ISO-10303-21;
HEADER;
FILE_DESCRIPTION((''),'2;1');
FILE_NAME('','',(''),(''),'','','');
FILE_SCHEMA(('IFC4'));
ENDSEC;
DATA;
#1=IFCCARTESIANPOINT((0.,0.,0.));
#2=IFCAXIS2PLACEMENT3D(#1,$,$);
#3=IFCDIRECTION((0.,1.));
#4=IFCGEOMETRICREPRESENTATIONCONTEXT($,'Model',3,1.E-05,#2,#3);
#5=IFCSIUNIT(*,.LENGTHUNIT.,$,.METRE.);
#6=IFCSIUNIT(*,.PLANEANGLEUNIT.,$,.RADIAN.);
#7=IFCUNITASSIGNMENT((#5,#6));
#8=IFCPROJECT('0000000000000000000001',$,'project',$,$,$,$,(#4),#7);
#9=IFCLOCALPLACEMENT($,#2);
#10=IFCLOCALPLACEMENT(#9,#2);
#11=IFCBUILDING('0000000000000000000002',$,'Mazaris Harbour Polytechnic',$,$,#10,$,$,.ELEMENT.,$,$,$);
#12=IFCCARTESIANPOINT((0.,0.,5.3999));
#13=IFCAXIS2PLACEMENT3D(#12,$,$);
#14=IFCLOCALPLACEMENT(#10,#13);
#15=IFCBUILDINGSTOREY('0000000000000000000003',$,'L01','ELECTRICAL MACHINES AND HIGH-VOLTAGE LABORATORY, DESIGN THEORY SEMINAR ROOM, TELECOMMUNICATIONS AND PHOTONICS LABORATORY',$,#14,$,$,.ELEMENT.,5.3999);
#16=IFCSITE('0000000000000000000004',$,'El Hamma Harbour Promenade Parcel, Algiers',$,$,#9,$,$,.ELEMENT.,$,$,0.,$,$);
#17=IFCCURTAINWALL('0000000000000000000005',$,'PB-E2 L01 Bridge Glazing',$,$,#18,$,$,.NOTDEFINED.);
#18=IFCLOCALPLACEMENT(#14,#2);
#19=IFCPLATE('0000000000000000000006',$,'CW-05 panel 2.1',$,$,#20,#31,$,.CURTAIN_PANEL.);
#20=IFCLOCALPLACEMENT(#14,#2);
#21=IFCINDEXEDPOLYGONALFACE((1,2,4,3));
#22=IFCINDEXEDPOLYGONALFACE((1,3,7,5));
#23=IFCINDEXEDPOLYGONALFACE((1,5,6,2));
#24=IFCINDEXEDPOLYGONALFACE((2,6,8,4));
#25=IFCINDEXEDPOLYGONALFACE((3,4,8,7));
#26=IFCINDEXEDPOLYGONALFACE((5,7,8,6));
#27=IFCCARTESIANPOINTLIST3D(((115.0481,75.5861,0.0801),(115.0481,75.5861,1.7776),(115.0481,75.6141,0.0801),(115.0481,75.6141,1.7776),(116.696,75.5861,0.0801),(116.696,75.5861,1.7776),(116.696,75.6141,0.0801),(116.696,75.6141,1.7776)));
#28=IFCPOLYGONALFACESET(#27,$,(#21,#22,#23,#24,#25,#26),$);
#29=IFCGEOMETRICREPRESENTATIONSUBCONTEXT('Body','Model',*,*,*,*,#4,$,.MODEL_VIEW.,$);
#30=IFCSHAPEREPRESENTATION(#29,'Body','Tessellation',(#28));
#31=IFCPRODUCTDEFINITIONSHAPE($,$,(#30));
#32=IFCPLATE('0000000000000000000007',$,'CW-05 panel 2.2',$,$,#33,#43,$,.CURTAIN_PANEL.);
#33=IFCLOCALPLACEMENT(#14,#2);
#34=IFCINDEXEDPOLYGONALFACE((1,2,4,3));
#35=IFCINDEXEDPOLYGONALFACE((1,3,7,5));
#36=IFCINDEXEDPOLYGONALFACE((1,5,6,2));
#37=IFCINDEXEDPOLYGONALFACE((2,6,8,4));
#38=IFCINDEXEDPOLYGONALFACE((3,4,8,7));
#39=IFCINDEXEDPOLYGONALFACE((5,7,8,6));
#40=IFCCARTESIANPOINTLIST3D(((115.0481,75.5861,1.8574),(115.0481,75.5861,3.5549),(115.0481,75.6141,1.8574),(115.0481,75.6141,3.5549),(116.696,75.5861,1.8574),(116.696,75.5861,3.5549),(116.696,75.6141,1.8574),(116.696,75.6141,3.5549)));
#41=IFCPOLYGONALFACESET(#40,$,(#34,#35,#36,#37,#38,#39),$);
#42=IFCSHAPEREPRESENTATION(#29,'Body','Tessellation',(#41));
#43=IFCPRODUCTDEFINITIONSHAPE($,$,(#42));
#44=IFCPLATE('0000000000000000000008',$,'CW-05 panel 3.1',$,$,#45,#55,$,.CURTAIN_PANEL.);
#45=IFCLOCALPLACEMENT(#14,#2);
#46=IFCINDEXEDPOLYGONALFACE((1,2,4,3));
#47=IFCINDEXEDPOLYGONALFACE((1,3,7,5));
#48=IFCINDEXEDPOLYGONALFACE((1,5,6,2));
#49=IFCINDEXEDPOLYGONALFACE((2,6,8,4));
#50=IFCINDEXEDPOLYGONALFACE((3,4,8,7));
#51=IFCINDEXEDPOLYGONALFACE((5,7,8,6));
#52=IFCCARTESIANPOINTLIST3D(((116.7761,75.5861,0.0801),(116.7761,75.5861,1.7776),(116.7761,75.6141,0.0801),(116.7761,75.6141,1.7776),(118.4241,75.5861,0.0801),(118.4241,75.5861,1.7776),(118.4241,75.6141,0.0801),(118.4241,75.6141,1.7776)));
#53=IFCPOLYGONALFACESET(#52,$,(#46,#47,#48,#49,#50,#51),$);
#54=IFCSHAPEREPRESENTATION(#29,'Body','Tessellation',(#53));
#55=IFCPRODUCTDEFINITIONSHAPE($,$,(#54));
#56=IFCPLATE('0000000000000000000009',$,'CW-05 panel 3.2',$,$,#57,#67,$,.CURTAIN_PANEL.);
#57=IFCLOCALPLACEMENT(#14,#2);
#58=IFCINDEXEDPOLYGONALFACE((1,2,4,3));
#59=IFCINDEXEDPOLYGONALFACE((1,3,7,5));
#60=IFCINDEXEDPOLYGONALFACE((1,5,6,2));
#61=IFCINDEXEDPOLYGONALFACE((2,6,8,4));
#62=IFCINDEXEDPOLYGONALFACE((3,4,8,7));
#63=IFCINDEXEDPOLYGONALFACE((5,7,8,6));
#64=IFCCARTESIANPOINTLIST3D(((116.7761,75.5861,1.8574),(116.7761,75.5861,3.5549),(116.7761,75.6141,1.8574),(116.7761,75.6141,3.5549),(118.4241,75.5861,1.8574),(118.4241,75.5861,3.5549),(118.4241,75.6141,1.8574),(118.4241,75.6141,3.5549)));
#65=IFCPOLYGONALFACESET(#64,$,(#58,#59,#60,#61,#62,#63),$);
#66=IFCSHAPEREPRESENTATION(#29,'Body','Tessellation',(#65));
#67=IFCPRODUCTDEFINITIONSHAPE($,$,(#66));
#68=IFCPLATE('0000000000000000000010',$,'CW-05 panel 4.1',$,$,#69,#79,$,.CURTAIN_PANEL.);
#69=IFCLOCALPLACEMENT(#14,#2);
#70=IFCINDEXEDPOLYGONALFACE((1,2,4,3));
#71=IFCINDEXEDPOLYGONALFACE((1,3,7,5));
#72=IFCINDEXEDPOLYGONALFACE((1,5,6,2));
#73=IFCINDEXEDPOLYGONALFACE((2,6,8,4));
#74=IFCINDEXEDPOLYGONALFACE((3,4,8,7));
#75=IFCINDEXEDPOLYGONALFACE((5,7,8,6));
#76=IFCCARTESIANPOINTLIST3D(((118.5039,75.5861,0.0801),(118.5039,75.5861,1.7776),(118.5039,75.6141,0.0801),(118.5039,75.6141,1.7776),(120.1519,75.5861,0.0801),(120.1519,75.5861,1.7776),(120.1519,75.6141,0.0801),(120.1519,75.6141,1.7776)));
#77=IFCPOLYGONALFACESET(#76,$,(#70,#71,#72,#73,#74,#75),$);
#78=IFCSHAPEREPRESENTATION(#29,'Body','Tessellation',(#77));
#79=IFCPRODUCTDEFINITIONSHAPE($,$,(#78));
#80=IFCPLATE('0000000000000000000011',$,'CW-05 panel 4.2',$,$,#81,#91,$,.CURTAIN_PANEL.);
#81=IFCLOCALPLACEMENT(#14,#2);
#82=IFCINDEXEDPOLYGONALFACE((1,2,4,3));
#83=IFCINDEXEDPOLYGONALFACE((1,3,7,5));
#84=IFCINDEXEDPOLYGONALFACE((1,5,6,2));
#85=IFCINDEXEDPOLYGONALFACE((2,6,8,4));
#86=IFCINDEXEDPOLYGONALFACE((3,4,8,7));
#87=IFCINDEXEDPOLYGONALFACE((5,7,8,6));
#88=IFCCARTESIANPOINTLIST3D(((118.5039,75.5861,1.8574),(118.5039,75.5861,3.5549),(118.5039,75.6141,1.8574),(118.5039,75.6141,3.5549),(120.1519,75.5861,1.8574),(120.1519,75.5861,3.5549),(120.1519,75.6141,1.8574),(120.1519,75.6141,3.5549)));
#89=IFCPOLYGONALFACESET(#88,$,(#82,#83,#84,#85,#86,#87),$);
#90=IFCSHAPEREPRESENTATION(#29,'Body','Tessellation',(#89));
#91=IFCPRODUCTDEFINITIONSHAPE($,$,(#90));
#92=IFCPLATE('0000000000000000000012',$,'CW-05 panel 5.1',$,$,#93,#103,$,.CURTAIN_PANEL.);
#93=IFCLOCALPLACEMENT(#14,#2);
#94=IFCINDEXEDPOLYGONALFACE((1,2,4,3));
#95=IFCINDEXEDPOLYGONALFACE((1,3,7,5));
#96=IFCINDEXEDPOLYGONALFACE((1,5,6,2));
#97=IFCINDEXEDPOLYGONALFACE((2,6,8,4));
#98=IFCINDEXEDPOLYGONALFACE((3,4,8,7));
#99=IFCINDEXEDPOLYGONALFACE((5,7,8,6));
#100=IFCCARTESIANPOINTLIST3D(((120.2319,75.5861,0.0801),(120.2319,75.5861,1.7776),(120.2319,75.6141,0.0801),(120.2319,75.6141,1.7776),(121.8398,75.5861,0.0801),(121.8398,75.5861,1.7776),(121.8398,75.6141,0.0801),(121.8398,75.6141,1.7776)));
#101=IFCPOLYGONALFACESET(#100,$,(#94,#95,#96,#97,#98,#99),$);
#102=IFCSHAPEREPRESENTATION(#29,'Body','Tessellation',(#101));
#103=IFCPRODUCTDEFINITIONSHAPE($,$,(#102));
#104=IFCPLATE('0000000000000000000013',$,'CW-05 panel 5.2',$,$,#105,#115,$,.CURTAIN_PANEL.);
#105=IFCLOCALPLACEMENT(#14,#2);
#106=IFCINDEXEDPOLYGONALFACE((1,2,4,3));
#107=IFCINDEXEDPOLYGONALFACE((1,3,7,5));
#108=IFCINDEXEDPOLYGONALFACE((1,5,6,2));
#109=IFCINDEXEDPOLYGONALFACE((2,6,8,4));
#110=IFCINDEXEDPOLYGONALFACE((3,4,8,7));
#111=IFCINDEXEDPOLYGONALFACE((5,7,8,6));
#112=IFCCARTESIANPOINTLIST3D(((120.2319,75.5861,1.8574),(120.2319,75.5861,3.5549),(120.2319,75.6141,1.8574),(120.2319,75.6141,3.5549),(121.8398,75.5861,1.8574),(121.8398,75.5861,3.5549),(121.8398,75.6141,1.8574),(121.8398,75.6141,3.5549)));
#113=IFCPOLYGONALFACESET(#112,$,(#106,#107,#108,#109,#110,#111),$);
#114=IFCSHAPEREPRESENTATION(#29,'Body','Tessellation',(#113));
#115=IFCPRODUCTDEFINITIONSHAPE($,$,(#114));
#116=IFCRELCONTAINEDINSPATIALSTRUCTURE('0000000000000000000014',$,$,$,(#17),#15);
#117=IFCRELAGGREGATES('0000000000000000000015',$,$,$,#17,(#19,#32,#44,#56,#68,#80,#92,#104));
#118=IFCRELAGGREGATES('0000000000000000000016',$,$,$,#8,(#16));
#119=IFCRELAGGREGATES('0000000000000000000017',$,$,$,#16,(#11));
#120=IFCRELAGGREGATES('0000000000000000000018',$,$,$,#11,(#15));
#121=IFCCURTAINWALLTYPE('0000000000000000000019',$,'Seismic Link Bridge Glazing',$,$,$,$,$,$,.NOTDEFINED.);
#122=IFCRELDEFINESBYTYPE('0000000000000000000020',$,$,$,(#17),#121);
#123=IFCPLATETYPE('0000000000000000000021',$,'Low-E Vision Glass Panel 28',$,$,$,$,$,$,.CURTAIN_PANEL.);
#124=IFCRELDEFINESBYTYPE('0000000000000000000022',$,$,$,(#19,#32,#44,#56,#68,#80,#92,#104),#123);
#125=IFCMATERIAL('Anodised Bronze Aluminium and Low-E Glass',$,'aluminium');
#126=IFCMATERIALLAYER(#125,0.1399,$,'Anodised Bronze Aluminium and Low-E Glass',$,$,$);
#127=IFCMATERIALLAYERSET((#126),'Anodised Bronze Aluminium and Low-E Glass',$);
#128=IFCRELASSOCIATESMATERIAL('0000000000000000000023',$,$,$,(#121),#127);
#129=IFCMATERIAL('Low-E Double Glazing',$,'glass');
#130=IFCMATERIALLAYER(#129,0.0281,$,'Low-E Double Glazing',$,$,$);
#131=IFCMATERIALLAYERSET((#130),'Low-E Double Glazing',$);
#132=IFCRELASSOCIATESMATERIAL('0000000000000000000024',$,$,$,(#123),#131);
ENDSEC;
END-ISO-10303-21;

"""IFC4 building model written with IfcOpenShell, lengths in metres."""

from ifc_helpers import new_model, si_unit, direction, frame, origin, origin_2d, place, context, subcontext, project, spatial, rectangle, extrude, material, layer, layer_set, type_object, element, aggregate, save


model = new_model("IFC4")

# Units and contexts
model_context = context("Model", 3, precision=1e-05, world=origin(), true_north=direction((0.0, 1.0)))
body_context = subcontext(model_context, "Body", "Model", "MODEL_VIEW")
ifc_project = project(units=[si_unit("LENGTHUNIT", "METRE"), si_unit("PLANEANGLEUNIT", "RADIAN")], contexts=[model_context])

# Site, building, storey
site_placement = place(None, origin())
site = spatial("IfcSite", under=ifc_project, at=site_placement, Name="El Hamma Harbour Promenade Parcel, Algiers", CompositionType="ELEMENT", RefElevation=0.0)
building_placement = place(site_placement, origin())
building = spatial("IfcBuilding", under=site, at=building_placement, Name="Mazaris Harbour Polytechnic", CompositionType="ELEMENT")
storey_placement = place(building_placement, frame((0.0, 0.0, 5.3999)))
storey = spatial("IfcBuildingStorey", under=building, at=storey_placement, Name="L01", Description="ELECTRICAL MACHINES AND HIGH-VOLTAGE LABORATORY, DESIGN THEORY SEMINAR ROOM, TELECOMMUNICATIONS AND PHOTONICS LABORATORY", CompositionType="ELEMENT", Elevation=5.3999)

# Curtain wall, plates
ifc_material_1 = material(Name="Anodised Bronze Aluminium and Low-E Glass", Category="aluminium")
ifc_layer_1 = layer(ifc_material_1, 0.1399, Name="Anodised Bronze Aluminium and Low-E Glass")
ifc_layer_set_1 = layer_set([ifc_layer_1], Name="Anodised Bronze Aluminium and Low-E Glass")
curtain_wall_type = type_object("IfcCurtainWallType", Name="Seismic Link Bridge Glazing", PredefinedType="NOTDEFINED", material=ifc_layer_set_1)
curtain_wall_placement = place(storey_placement, origin())
curtain_wall = element("IfcCurtainWall", 1, at=curtain_wall_placement, inside=storey, type_object=curtain_wall_type, Name="PB-E2 L01 Bridge Glazing", PredefinedType="NOTDEFINED")
ifc_material_2 = material(Name="Low-E Double Glazing", Category="glass")
ifc_layer_2 = layer(ifc_material_2, 0.0281, Name="Low-E Double Glazing")
ifc_layer_set_2 = layer_set([ifc_layer_2], Name="Low-E Double Glazing")
plate_type = type_object("IfcPlateType", Name="Low-E Vision Glass Panel 28", PredefinedType="CURTAIN_PANEL", material=ifc_layer_set_2)
plate_1_placement = place(storey_placement, frame((115.8721, 75.6001, 0.0801), z_axis=(0.0, 0.0, 1.0), x_axis=(1.0, 0.0, 0.0)))
plate_1 = element("IfcPlate", 2, at=plate_1_placement, type_object=plate_type, Name="CW-05 panel 2.1", PredefinedType="CURTAIN_PANEL", context=body_context, shape_type="SweptSolid", body=[
    extrude(rectangle(XDim=1.6479, YDim=0.0281, at=origin_2d()), origin(), (0.0, 0.0, 1.0), 1.6975),
])
plate_2_placement = place(storey_placement, frame((115.8721, 75.6001, 1.8574), z_axis=(0.0, 0.0, 1.0), x_axis=(1.0, 0.0, 0.0)))
plate_2 = element("IfcPlate", 3, at=plate_2_placement, type_object=plate_type, Name="CW-05 panel 2.2", PredefinedType="CURTAIN_PANEL", context=body_context, shape_type="SweptSolid", body=[
    extrude(rectangle(XDim=1.6479, YDim=0.0281, at=origin_2d()), origin(), (0.0, 0.0, 1.0), 1.6975),
])
plate_3_placement = place(storey_placement, frame((117.6001, 75.6001, 0.0801), z_axis=(0.0, 0.0, 1.0), x_axis=(1.0, 0.0, 0.0)))
plate_3 = element("IfcPlate", 4, at=plate_3_placement, type_object=plate_type, Name="CW-05 panel 3.1", PredefinedType="CURTAIN_PANEL", context=body_context, shape_type="SweptSolid", body=[
    extrude(rectangle(XDim=1.6479, YDim=0.0281, at=origin_2d()), origin(), (0.0, 0.0, 1.0), 1.6975),
])
plate_4_placement = place(storey_placement, frame((117.6001, 75.6001, 1.8574), z_axis=(0.0, 0.0, 1.0), x_axis=(1.0, 0.0, 0.0)))
plate_4 = element("IfcPlate", 5, at=plate_4_placement, type_object=plate_type, Name="CW-05 panel 3.2", PredefinedType="CURTAIN_PANEL", context=body_context, shape_type="SweptSolid", body=[
    extrude(rectangle(XDim=1.6479, YDim=0.0281, at=origin_2d()), origin(), (0.0, 0.0, 1.0), 1.6975),
])
plate_5_placement = place(storey_placement, frame((119.3279, 75.6001, 0.0801), z_axis=(0.0, 0.0, 1.0), x_axis=(1.0, 0.0, 0.0)))
plate_5 = element("IfcPlate", 6, at=plate_5_placement, type_object=plate_type, Name="CW-05 panel 4.1", PredefinedType="CURTAIN_PANEL", context=body_context, shape_type="SweptSolid", body=[
    extrude(rectangle(XDim=1.6479, YDim=0.0281, at=origin_2d()), origin(), (0.0, 0.0, 1.0), 1.6975),
])
plate_6_placement = place(storey_placement, frame((119.3279, 75.6001, 1.8574), z_axis=(0.0, 0.0, 1.0), x_axis=(1.0, 0.0, 0.0)))
plate_6 = element("IfcPlate", 7, at=plate_6_placement, type_object=plate_type, Name="CW-05 panel 4.2", PredefinedType="CURTAIN_PANEL", context=body_context, shape_type="SweptSolid", body=[
    extrude(rectangle(XDim=1.6479, YDim=0.0281, at=origin_2d()), origin(), (0.0, 0.0, 1.0), 1.6975),
])
plate_7_placement = place(storey_placement, frame((121.0359, 75.6001, 0.0801), z_axis=(0.0, 0.0, 1.0), x_axis=(1.0, 0.0, 0.0)))
plate_7 = element("IfcPlate", 8, at=plate_7_placement, type_object=plate_type, Name="CW-05 panel 5.1", PredefinedType="CURTAIN_PANEL", context=body_context, shape_type="SweptSolid", body=[
    extrude(rectangle(XDim=1.6079, YDim=0.0281, at=origin_2d()), origin(), (0.0, 0.0, 1.0), 1.6975),
])
plate_8_placement = place(storey_placement, frame((121.0359, 75.6001, 1.8574), z_axis=(0.0, 0.0, 1.0), x_axis=(1.0, 0.0, 0.0)))
plate_8 = element("IfcPlate", 9, at=plate_8_placement, type_object=plate_type, Name="CW-05 panel 5.2", PredefinedType="CURTAIN_PANEL", context=body_context, shape_type="SweptSolid", body=[
    extrude(rectangle(XDim=1.6079, YDim=0.0281, at=origin_2d()), origin(), (0.0, 0.0, 1.0), 1.6975),
])
aggregate(curtain_wall, [plate_1, plate_2, plate_3, plate_4, plate_5, plate_6, plate_7, plate_8])

save(model, "model.ifc")
